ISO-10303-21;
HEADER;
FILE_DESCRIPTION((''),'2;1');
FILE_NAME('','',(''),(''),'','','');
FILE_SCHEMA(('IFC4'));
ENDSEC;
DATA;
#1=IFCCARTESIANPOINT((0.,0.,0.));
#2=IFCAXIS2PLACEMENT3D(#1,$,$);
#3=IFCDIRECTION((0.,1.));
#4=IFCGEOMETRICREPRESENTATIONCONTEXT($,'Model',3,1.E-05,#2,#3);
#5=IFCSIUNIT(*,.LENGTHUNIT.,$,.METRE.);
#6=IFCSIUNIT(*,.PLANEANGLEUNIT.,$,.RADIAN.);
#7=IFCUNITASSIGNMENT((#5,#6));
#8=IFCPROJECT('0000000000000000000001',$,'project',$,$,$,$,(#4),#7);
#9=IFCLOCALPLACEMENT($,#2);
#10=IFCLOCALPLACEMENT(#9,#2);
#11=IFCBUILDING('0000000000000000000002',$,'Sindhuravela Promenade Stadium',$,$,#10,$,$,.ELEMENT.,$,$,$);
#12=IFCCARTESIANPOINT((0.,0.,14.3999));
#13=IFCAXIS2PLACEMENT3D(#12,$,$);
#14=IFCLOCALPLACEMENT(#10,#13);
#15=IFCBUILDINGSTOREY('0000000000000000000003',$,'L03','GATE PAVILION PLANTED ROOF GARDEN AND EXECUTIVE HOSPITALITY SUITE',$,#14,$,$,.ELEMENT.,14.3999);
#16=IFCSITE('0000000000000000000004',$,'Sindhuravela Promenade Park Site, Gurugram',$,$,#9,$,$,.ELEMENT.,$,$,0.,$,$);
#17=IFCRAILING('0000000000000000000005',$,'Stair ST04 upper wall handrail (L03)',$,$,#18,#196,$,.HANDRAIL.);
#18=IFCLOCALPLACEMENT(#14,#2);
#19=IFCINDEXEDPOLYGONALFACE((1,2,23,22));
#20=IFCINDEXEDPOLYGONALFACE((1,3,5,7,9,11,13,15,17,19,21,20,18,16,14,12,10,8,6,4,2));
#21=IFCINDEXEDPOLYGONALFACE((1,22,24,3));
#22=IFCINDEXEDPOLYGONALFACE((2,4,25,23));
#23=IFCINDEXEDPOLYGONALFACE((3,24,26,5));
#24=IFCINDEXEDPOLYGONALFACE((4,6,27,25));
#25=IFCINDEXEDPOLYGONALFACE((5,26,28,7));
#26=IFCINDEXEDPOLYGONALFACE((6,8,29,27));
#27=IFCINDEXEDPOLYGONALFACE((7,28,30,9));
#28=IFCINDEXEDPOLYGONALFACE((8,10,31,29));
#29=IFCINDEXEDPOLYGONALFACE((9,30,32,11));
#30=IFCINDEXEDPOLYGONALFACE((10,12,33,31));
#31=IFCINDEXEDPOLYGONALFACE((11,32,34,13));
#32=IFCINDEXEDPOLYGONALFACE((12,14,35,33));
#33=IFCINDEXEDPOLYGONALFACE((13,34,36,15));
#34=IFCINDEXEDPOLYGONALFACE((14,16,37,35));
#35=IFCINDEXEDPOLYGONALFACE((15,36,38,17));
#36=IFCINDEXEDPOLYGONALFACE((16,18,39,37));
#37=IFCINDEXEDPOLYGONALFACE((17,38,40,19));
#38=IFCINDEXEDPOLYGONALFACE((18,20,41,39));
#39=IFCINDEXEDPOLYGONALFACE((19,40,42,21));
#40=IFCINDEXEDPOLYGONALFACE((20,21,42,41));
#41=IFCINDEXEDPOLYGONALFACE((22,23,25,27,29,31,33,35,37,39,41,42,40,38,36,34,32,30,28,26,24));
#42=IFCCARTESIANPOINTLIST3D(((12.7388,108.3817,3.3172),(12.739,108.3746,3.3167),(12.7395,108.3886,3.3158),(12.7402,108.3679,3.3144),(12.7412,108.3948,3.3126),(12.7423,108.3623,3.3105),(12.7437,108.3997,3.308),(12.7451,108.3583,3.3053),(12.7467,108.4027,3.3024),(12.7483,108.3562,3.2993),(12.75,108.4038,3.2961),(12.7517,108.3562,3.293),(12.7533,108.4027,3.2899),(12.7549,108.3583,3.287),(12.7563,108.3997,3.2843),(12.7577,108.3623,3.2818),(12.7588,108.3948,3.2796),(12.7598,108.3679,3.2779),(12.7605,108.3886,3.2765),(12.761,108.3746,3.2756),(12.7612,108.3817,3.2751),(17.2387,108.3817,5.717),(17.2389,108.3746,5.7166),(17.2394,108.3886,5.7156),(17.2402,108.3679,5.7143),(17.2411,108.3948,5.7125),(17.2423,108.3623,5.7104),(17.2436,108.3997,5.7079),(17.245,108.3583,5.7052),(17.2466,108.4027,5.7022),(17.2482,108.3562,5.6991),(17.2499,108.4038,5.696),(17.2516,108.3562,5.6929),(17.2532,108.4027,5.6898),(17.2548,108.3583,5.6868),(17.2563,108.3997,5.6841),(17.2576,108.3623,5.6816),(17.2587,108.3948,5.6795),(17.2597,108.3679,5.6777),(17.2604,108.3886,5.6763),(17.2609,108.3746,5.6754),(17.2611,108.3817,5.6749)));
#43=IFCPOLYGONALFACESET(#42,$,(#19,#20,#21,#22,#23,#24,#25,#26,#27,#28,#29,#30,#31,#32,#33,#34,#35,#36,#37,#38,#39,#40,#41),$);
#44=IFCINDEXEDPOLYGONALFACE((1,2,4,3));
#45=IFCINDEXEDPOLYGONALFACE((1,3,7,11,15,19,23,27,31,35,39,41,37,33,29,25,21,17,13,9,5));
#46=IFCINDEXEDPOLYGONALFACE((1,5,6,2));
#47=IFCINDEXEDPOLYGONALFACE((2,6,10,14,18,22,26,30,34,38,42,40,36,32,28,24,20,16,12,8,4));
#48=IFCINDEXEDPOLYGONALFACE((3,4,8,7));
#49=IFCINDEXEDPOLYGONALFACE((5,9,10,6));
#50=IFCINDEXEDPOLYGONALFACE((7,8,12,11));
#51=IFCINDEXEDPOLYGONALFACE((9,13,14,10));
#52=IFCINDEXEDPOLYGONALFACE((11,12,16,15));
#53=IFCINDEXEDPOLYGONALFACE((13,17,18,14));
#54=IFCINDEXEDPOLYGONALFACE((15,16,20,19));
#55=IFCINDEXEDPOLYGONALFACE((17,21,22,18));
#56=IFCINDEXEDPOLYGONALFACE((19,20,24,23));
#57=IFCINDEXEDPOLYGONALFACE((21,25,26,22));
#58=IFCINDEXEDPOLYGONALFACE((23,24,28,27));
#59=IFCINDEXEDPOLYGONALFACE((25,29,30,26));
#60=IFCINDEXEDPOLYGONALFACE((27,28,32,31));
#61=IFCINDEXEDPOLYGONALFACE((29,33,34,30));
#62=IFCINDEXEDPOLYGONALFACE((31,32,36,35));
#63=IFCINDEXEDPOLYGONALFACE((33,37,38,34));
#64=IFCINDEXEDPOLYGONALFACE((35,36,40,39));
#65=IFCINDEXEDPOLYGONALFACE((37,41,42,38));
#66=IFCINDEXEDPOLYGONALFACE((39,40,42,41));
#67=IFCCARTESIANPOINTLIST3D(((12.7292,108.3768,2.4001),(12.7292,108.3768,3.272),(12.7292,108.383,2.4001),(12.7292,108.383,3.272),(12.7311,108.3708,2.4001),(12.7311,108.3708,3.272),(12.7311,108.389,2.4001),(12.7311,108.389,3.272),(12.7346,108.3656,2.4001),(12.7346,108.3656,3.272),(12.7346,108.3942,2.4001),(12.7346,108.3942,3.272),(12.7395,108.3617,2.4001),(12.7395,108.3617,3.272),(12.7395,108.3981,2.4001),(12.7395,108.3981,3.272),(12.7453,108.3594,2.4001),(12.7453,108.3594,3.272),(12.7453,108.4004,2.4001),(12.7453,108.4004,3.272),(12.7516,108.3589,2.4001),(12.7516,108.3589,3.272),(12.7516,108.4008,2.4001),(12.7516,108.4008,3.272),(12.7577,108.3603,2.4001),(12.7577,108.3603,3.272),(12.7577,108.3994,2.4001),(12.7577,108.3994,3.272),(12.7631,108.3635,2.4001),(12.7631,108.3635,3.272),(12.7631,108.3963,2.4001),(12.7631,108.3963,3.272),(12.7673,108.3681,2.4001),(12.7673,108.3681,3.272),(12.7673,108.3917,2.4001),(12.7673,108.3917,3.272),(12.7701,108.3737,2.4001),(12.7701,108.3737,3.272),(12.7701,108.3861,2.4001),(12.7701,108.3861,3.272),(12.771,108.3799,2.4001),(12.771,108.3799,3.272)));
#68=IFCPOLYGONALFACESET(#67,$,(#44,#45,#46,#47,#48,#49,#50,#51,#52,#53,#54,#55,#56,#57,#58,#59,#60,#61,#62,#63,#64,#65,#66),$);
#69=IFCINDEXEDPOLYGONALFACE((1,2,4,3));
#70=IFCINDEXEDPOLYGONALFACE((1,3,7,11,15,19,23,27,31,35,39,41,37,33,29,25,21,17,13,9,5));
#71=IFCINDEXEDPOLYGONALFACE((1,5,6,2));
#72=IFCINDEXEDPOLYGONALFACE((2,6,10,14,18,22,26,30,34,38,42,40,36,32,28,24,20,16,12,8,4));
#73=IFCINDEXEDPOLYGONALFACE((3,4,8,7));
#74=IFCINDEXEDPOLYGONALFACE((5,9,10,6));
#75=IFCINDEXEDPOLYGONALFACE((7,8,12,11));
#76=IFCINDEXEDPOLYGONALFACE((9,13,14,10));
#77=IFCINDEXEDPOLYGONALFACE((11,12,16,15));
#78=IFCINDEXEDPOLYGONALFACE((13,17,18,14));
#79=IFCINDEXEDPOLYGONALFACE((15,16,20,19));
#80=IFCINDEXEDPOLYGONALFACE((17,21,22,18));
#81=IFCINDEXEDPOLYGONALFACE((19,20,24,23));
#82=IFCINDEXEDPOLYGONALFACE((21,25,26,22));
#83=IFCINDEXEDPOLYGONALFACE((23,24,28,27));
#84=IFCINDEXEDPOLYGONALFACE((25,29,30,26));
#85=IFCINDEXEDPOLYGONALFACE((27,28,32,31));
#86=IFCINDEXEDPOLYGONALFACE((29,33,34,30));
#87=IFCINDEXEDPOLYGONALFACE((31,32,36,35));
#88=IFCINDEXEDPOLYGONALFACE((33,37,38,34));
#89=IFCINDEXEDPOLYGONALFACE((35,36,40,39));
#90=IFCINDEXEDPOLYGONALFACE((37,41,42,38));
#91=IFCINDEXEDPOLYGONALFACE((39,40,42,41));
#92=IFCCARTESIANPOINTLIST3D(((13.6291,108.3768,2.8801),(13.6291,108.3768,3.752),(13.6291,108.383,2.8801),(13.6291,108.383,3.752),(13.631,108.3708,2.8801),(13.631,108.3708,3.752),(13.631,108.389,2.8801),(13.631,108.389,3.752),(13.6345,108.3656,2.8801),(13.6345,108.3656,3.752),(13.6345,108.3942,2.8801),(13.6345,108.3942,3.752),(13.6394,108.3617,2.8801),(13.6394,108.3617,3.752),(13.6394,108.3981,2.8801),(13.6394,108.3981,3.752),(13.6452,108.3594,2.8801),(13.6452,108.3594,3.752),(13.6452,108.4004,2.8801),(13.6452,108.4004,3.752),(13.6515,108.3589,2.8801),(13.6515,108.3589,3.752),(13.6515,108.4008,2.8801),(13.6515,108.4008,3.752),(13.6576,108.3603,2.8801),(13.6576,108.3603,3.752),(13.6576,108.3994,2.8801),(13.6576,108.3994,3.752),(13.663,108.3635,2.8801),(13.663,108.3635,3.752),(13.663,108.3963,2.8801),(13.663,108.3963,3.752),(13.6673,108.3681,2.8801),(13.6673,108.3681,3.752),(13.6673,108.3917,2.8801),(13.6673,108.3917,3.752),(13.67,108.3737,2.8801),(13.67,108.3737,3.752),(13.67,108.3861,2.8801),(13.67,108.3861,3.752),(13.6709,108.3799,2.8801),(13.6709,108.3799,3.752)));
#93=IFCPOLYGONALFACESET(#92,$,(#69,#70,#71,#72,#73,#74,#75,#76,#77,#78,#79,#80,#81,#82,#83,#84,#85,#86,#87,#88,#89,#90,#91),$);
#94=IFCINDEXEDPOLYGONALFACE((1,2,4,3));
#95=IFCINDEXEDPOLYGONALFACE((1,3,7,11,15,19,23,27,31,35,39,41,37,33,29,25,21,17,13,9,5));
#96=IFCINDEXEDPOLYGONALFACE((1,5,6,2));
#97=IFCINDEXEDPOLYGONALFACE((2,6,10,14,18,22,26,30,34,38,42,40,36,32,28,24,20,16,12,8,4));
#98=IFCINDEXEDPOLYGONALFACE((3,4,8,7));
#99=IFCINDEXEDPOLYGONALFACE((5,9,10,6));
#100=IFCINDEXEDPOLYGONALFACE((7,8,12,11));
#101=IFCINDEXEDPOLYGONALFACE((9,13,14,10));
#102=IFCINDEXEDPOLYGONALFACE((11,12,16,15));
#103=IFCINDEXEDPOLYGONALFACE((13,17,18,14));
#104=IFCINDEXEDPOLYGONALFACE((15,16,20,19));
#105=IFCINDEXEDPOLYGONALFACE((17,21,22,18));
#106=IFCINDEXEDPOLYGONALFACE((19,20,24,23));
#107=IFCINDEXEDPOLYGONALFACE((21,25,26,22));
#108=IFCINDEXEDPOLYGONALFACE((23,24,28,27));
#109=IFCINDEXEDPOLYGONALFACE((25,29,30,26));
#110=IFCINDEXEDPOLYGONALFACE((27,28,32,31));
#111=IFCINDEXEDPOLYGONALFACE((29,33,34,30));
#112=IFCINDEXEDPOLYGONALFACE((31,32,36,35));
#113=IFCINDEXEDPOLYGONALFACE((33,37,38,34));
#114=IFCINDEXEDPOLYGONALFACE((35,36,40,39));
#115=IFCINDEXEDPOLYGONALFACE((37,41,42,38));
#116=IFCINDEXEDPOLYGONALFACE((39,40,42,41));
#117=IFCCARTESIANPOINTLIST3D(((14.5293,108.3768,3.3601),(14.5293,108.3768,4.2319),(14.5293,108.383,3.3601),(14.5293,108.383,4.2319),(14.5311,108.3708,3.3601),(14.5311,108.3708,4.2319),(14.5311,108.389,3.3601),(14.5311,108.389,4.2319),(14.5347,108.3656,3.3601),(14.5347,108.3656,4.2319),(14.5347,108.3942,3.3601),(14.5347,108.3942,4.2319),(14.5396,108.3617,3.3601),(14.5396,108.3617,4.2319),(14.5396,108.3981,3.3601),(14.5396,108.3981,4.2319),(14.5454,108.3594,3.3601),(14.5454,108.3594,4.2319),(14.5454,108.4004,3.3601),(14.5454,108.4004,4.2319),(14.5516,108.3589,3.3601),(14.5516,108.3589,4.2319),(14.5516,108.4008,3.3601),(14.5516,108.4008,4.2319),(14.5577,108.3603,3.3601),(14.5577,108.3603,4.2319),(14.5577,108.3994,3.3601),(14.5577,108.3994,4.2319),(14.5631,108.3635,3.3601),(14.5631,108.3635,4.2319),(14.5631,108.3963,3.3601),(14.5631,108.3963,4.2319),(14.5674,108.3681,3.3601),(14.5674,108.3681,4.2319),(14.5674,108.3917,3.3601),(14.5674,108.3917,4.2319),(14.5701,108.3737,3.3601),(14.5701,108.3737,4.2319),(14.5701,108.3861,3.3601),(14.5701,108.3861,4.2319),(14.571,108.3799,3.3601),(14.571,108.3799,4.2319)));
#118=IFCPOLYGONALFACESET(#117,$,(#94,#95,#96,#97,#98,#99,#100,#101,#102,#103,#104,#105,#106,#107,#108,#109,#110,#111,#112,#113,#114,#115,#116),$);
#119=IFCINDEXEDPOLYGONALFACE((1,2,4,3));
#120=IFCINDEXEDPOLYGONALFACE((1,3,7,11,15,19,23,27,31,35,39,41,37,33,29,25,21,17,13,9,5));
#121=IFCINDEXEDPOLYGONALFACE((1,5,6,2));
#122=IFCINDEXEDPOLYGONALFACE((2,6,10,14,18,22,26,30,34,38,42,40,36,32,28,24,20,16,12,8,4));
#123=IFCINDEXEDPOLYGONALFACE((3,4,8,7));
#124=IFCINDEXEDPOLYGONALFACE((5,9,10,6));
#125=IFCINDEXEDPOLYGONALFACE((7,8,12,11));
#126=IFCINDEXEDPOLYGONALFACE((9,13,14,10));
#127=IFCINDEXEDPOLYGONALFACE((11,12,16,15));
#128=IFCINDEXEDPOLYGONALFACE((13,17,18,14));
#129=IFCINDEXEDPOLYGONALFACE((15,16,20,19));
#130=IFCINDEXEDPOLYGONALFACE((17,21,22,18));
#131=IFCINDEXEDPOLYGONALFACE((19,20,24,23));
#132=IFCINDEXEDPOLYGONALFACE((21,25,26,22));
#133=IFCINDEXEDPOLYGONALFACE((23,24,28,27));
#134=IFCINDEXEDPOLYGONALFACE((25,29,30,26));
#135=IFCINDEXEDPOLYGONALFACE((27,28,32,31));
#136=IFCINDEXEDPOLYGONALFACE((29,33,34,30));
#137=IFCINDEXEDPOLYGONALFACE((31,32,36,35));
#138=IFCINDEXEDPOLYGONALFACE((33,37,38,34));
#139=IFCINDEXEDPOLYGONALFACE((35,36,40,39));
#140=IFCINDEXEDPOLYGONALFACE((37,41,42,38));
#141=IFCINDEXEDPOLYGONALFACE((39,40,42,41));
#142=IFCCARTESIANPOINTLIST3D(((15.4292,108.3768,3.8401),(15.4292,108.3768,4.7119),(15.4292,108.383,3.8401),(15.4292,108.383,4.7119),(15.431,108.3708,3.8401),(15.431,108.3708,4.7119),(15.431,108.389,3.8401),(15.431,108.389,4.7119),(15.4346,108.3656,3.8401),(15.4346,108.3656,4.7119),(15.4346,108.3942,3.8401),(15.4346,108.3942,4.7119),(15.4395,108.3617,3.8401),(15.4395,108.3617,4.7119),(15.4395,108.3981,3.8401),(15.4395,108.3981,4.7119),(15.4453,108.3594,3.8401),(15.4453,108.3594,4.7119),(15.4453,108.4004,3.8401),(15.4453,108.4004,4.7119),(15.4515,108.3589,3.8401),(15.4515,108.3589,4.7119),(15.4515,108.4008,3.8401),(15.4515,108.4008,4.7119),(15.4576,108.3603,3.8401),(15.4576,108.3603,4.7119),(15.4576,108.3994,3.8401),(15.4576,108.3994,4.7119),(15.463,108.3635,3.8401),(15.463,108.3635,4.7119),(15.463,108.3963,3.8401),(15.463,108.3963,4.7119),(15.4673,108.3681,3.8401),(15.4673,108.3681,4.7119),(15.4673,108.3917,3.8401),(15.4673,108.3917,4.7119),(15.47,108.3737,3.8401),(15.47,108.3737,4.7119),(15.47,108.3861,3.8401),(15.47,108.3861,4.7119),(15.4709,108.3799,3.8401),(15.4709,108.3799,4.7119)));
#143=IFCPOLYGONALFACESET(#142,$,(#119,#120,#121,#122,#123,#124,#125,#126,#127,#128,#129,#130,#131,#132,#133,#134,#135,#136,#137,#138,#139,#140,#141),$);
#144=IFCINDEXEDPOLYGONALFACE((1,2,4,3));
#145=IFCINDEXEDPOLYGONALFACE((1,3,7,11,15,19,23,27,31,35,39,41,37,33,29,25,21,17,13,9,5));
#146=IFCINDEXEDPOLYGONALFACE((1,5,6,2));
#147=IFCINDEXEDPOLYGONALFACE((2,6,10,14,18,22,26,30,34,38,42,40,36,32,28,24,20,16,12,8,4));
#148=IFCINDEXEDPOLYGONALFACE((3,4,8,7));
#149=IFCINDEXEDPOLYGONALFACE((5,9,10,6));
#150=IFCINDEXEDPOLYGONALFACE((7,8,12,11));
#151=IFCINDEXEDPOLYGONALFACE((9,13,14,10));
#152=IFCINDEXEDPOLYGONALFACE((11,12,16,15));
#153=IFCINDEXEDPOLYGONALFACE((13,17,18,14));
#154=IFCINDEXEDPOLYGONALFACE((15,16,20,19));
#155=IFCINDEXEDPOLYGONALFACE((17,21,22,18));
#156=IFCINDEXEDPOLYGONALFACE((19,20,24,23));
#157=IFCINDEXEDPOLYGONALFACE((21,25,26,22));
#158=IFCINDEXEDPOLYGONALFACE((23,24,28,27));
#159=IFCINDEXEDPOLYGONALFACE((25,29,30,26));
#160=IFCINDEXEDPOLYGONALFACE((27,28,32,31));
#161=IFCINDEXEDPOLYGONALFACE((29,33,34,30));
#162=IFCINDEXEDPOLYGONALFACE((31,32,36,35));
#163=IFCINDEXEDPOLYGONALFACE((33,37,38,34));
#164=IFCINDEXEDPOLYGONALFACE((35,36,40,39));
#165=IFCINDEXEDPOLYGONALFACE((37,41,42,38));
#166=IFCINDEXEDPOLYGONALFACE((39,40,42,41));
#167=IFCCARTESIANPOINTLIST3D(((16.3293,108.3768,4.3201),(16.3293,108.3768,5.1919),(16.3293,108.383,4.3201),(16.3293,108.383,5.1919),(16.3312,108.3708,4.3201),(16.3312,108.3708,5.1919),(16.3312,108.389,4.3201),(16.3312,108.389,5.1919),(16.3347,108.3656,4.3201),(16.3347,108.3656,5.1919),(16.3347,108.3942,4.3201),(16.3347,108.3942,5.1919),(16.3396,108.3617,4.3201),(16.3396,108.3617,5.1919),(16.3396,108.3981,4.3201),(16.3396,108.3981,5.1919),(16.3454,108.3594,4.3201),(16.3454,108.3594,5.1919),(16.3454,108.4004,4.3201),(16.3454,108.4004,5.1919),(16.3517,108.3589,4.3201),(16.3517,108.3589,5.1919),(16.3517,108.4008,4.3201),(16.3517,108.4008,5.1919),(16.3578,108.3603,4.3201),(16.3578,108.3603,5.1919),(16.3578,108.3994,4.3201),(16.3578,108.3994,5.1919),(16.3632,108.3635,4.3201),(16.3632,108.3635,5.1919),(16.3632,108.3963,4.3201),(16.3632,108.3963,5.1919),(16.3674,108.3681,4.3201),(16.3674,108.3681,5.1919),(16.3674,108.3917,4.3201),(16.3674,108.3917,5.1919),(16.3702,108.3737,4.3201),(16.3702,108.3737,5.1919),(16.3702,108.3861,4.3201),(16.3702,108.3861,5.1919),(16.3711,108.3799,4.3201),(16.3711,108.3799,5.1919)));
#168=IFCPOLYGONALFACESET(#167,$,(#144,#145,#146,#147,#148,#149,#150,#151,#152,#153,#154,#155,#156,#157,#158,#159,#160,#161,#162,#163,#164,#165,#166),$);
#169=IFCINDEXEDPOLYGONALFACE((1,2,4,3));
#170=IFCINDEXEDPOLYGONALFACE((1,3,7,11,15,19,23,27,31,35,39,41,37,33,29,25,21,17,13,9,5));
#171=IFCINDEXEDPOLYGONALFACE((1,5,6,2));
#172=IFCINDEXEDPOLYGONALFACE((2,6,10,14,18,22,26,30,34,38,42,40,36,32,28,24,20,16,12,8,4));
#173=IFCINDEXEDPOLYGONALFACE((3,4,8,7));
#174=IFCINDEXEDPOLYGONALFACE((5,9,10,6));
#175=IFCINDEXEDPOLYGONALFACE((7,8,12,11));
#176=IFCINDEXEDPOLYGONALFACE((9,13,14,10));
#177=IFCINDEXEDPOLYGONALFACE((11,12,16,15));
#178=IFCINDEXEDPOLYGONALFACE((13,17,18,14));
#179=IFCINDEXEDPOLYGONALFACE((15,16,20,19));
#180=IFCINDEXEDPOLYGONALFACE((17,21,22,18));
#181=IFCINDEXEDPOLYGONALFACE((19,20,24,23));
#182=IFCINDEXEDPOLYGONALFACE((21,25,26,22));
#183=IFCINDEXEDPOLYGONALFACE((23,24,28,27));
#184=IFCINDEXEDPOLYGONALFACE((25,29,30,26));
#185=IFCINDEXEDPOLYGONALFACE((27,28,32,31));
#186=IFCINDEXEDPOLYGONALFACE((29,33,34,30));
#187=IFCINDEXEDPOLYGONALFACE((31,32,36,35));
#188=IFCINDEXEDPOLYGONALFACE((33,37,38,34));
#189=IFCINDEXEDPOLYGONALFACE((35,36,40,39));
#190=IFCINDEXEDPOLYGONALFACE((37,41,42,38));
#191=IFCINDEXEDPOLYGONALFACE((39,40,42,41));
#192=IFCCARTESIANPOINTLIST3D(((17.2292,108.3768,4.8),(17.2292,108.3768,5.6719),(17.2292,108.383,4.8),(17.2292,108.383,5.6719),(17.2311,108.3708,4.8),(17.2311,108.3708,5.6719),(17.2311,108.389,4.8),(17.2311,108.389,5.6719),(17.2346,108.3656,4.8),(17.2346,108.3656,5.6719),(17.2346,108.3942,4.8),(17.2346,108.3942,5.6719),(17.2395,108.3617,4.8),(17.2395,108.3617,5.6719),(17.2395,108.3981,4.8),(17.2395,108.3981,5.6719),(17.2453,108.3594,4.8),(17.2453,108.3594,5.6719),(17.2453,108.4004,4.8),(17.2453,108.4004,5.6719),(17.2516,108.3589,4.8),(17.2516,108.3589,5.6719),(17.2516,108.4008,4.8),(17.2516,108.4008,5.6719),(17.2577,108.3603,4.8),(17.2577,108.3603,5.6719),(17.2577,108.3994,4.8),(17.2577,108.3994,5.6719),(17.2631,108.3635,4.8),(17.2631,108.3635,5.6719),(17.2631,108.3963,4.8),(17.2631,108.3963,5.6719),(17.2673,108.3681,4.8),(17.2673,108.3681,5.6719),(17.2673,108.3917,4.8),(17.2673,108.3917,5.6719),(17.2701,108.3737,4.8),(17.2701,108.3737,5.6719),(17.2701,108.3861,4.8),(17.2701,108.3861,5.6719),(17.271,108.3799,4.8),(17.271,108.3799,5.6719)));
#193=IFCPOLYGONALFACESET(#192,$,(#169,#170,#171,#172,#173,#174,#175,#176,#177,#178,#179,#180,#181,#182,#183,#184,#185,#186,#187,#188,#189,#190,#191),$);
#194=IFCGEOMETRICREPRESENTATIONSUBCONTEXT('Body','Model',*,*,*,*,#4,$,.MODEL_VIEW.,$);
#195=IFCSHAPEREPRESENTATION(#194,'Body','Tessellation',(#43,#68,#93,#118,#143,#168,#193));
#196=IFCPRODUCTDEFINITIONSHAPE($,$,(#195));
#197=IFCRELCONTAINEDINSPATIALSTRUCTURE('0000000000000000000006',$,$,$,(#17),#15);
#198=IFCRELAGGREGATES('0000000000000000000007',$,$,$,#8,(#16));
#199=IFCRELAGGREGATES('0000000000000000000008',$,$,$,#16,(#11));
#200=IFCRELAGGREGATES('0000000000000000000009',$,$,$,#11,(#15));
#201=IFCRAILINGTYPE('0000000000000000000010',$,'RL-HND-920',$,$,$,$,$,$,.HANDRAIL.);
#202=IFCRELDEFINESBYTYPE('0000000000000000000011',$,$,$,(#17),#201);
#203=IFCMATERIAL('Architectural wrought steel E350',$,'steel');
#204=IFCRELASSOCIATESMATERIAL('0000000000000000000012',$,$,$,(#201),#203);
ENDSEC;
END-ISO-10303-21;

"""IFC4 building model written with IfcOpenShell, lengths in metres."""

from ifc_helpers import new_model, si_unit, direction, frame, origin, origin_2d, place, context, subcontext, project, spatial, circle, extrude, material, type_object, element, save


model = new_model("IFC4")

# Units and contexts
model_context = context("Model", 3, precision=1e-05, world=origin(), true_north=direction((0.0, 1.0)))
body_context = subcontext(model_context, "Body", "Model", "MODEL_VIEW")
ifc_project = project(units=[si_unit("LENGTHUNIT", "METRE"), si_unit("PLANEANGLEUNIT", "RADIAN")], contexts=[model_context])

# Site, building, storey
site_placement = place(None, origin())
site = spatial("IfcSite", under=ifc_project, at=site_placement, Name="Sindhuravela Promenade Park Site, Gurugram", CompositionType="ELEMENT", RefElevation=0.0)
building_placement = place(site_placement, origin())
building = spatial("IfcBuilding", under=site, at=building_placement, Name="Sindhuravela Promenade Stadium", CompositionType="ELEMENT")
storey_placement = place(building_placement, frame((0.0, 0.0, 14.3999)))
storey = spatial("IfcBuildingStorey", under=building, at=storey_placement, Name="L03", Description="GATE PAVILION PLANTED ROOF GARDEN AND EXECUTIVE HOSPITALITY SUITE", CompositionType="ELEMENT", Elevation=14.3999)

# Shared definitions
ifc_material_1 = material(Name="Architectural wrought steel E350", Category="steel")

# Railing
railing_type_1 = type_object("IfcRailingType", Name="RL-HND-920", PredefinedType="HANDRAIL", material=ifc_material_1)
railing_1_placement = place(storey_placement, frame((12.75, 108.3799, 2.4001)))
element("IfcRailing", 1, at=railing_1_placement, inside=storey, type_object=railing_type_1, Name="Stair ST04 upper wall handrail (L03)", PredefinedType="HANDRAIL", context=body_context, shape_type="SweptSolid", body=[
    extrude(circle(Radius=0.0239, at=origin_2d()), frame((0.0, 0.0, 0.896), z_axis=(0.882361, 0.0, 0.470573), x_axis=(0.0, 1.0, 0.0)), (0.0, 0.0, 1.0), 5.0999),
    extrude(circle(Radius=0.021, at=origin_2d()), origin(), (0.0, 0.0, 1.0), 0.8718),
    extrude(circle(Radius=0.021, at=origin_2d()), frame((0.8999, 0.0, 0.48)), (0.0, 0.0, 1.0), 0.8718),
    extrude(circle(Radius=0.021, at=origin_2d()), frame((1.8, 0.0, 0.96)), (0.0, 0.0, 1.0), 0.8718),
    extrude(circle(Radius=0.021, at=origin_2d()), frame((2.7, 0.0, 1.4399)), (0.0, 0.0, 1.0), 0.8718),
    extrude(circle(Radius=0.021, at=origin_2d()), frame((3.6001, 0.0, 1.9199)), (0.0, 0.0, 1.0), 0.8718),
    extrude(circle(Radius=0.021, at=origin_2d()), frame((4.5, 0.0, 2.3999)), (0.0, 0.0, 1.0), 0.8718),
])

save(model, "model.ifc")
